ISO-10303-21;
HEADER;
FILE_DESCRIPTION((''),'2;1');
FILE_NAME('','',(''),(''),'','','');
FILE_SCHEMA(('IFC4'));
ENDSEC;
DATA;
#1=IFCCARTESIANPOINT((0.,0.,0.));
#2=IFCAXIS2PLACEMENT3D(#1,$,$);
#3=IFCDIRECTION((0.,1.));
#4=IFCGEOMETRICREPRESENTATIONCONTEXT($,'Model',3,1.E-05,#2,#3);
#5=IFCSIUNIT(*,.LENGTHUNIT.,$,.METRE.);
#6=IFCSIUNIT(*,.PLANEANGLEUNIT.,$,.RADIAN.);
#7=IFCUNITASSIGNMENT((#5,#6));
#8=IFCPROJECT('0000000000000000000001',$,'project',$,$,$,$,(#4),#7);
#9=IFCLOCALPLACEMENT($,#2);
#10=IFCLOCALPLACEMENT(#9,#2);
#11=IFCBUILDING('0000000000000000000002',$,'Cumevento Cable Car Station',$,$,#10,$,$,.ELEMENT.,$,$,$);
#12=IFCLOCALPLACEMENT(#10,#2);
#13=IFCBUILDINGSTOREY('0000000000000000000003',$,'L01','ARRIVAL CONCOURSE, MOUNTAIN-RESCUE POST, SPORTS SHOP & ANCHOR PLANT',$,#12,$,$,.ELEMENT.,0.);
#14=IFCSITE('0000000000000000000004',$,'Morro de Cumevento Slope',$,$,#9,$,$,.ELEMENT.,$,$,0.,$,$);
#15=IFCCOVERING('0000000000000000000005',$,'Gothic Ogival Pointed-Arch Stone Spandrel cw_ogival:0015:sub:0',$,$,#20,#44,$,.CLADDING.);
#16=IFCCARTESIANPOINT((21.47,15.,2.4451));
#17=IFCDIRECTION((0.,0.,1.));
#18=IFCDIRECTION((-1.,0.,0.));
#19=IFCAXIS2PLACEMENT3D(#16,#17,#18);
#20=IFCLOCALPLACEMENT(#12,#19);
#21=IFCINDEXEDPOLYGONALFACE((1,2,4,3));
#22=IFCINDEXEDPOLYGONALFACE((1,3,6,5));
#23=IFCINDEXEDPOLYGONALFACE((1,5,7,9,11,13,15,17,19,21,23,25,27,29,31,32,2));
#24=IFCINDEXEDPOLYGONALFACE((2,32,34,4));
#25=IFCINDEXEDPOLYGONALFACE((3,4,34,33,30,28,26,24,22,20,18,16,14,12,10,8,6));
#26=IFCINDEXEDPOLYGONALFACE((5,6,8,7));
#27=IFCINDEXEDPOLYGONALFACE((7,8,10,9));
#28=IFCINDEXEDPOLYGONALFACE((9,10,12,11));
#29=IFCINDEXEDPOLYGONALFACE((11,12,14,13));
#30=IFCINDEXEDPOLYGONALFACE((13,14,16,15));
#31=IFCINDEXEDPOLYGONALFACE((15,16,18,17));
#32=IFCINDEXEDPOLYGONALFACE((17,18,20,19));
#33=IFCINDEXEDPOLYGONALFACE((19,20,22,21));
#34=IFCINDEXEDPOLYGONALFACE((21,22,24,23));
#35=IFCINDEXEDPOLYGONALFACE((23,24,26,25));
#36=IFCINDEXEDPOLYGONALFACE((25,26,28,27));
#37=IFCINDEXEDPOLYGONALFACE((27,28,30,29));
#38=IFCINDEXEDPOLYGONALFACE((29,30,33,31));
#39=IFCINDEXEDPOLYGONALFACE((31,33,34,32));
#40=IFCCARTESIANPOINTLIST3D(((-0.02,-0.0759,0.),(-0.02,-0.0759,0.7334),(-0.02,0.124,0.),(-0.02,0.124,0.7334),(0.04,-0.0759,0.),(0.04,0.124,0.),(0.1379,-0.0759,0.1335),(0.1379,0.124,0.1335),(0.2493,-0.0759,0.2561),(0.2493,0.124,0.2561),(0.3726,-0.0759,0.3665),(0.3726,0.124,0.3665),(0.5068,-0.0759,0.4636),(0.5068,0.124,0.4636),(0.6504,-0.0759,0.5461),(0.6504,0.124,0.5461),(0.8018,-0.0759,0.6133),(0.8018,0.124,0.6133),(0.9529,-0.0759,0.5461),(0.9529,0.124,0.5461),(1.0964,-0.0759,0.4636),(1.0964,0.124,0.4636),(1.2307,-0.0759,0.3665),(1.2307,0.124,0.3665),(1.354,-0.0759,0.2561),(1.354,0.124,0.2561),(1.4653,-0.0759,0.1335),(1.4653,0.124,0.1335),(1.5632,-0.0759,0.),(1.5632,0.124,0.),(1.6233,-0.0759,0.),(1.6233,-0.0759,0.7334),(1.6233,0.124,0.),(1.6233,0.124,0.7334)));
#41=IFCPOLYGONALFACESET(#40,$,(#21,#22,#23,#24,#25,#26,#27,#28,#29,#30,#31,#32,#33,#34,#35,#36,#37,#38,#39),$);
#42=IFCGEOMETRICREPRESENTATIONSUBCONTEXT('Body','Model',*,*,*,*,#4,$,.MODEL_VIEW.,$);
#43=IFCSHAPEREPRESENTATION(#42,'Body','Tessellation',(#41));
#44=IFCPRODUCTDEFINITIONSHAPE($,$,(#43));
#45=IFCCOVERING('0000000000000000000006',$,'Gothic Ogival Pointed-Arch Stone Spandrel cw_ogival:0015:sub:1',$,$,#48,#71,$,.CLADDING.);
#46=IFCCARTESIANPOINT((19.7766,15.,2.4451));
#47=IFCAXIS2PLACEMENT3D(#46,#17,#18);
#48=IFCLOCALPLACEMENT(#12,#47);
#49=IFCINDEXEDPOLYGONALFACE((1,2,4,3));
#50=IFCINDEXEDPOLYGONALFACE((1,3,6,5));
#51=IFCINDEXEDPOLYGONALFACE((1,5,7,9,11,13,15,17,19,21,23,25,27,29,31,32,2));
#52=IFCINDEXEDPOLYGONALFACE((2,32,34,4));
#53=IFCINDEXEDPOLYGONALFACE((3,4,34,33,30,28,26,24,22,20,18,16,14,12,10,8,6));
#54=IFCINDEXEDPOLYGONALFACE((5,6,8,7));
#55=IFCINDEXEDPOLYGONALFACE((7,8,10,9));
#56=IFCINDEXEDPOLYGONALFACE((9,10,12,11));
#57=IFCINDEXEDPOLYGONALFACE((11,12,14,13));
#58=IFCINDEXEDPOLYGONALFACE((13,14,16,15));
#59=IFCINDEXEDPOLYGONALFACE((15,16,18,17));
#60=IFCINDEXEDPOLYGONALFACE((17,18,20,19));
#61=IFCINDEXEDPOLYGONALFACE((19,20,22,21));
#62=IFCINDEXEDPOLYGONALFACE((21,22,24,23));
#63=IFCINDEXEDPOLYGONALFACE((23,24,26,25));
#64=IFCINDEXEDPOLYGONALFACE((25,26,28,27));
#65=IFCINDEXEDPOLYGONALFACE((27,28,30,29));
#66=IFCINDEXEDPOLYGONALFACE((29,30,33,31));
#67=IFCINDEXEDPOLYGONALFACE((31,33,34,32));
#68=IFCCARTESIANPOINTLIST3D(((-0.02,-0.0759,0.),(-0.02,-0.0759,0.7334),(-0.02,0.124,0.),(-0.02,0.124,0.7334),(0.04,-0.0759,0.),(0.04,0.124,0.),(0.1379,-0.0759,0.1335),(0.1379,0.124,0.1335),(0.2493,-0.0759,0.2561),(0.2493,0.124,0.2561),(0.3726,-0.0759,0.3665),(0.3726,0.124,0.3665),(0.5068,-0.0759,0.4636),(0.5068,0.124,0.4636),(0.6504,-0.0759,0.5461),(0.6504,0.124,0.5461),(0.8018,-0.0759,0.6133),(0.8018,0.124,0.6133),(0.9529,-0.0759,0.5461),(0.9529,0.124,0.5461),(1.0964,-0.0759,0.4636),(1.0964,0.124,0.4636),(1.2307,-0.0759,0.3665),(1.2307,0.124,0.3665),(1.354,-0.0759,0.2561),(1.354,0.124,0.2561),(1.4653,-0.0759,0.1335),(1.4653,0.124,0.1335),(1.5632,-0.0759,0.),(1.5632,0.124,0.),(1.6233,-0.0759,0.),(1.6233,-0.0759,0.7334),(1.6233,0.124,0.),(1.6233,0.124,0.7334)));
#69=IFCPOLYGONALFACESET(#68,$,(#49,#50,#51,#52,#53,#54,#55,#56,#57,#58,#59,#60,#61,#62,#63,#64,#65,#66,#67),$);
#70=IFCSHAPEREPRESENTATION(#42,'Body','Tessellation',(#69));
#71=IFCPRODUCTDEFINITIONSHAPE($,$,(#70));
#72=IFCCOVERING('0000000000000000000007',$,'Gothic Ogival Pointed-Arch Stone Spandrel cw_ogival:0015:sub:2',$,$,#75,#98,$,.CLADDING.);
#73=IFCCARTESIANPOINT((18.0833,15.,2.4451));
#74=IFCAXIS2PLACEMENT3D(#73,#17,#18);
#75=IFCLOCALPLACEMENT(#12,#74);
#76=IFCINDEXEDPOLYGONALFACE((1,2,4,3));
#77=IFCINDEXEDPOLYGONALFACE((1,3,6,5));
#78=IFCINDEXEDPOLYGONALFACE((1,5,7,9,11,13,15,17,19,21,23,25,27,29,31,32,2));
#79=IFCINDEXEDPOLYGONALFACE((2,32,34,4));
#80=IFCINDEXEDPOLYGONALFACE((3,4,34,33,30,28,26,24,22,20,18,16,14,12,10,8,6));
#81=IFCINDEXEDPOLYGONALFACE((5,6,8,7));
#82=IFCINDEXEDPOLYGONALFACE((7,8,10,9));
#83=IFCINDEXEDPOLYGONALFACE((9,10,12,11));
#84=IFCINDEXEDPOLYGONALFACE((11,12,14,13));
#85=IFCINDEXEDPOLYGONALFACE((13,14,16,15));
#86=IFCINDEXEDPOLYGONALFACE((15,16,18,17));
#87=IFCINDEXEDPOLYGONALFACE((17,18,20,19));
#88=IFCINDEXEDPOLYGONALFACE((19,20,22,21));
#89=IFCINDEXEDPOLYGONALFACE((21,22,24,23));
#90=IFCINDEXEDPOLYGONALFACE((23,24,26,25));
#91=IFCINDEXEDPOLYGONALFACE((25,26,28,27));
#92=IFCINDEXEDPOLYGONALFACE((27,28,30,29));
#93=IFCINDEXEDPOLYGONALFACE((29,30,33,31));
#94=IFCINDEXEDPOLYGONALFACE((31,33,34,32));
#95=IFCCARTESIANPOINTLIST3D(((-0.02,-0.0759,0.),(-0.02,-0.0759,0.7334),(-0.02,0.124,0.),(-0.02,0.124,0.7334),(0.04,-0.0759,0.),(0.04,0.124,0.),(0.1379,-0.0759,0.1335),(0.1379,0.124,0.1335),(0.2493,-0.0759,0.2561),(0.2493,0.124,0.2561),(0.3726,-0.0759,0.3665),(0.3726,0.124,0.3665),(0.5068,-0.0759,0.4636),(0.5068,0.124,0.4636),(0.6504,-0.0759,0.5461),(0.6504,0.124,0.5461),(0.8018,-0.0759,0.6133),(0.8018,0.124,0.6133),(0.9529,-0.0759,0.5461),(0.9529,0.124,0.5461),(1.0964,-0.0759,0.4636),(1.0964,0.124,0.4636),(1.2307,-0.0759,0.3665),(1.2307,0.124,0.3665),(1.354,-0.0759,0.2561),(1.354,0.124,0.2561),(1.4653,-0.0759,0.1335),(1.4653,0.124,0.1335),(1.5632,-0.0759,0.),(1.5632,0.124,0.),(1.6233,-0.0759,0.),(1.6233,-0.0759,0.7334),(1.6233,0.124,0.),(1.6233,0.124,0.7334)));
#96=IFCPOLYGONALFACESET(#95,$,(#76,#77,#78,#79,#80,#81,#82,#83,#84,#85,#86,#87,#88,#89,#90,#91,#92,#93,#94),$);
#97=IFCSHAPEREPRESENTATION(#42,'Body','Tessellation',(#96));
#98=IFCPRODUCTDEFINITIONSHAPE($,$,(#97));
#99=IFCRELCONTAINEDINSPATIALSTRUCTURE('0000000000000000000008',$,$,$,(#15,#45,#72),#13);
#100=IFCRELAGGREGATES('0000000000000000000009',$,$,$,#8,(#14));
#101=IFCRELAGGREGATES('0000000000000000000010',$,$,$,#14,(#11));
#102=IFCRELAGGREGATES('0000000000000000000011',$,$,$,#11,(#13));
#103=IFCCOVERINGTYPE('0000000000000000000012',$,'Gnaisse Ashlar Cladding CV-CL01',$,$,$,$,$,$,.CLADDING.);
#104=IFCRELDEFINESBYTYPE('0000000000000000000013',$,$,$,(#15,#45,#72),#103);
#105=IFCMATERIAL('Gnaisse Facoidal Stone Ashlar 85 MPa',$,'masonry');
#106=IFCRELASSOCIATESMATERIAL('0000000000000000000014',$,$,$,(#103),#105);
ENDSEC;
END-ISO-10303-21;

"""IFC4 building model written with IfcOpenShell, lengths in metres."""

from ifc_helpers import new_model, si_unit, direction, frame, origin, place, context, subcontext, project, spatial, polyline, outline, extrude, material, type_object, element, save


model = new_model("IFC4")

# Units and contexts
model_context = context("Model", 3, precision=1e-05, world=origin(), true_north=direction((0.0, 1.0)))
body_context = subcontext(model_context, "Body", "Model", "MODEL_VIEW")
ifc_project = project(units=[si_unit("LENGTHUNIT", "METRE"), si_unit("PLANEANGLEUNIT", "RADIAN")], contexts=[model_context])

# Site, building, storey
site_placement = place(None, origin())
site = spatial("IfcSite", under=ifc_project, at=site_placement, Name="Morro de Cumevento Slope", CompositionType="ELEMENT", RefElevation=0.0)
building_placement = place(site_placement, origin())
building = spatial("IfcBuilding", under=site, at=building_placement, Name="Cumevento Cable Car Station", CompositionType="ELEMENT")
storey_placement = place(building_placement, origin())
storey = spatial("IfcBuildingStorey", under=building, at=storey_placement, Name="L01", Description="ARRIVAL CONCOURSE, MOUNTAIN-RESCUE POST, SPORTS SHOP & ANCHOR PLANT", CompositionType="ELEMENT", Elevation=0.0)

# Coverings
ifc_material_1 = material(Name="Gnaisse Facoidal Stone Ashlar 85 MPa", Category="masonry")
covering_type = type_object("IfcCoveringType", Name="Gnaisse Ashlar Cladding CV-CL01", PredefinedType="CLADDING", material=ifc_material_1)
for number, where, z_axis, x_axis, name in (
    (1, (21.47, 15.0, 2.4451), (0.0, 0.0, 1.0), (-1.0, 0.0, 0.0), "Gothic Ogival Pointed-Arch Stone Spandrel cw_ogival:0015:sub:0"),
    (2, (19.7766, 15.0, 2.4451), (0.0, 0.0, 1.0), (-1.0, 0.0, 0.0), "Gothic Ogival Pointed-Arch Stone Spandrel cw_ogival:0015:sub:1"),
    (3, (18.0833, 15.0, 2.4451), (0.0, 0.0, 1.0), (-1.0, 0.0, 0.0), "Gothic Ogival Pointed-Arch Stone Spandrel cw_ogival:0015:sub:2"),
):
    element("IfcCovering", number, at=place(storey_placement, frame(where, z_axis=z_axis, x_axis=x_axis)), inside=storey, type_object=covering_type, Name=name, PredefinedType="CLADDING", context=body_context, shape_type="SweptSolid", body=[
        extrude(outline(polyline([(-0.02, 0.0), (-0.02, 0.7334), (1.6233, 0.7334), (1.6233, 0.0), (1.5632, 0.0), (1.4653, 0.1335), (1.354, 0.2561), (1.2307, 0.3665), (1.0964, 0.4636), (0.9529, 0.5461), (0.8018, 0.6133), (0.6504, 0.5461), (0.5068, 0.4636), (0.3726, 0.3665), (0.2493, 0.2561), (0.1379, 0.1335), (0.04, 0.0), (-0.02, 0.0)])), frame((0.0, 0.124, 0.0), z_axis=(0.0, -1.0, 0.0), x_axis=(1.0, 0.0, 0.0)), (0.0, 0.0, 1.0), 0.2),
    ])

save(model, "model.ifc")
